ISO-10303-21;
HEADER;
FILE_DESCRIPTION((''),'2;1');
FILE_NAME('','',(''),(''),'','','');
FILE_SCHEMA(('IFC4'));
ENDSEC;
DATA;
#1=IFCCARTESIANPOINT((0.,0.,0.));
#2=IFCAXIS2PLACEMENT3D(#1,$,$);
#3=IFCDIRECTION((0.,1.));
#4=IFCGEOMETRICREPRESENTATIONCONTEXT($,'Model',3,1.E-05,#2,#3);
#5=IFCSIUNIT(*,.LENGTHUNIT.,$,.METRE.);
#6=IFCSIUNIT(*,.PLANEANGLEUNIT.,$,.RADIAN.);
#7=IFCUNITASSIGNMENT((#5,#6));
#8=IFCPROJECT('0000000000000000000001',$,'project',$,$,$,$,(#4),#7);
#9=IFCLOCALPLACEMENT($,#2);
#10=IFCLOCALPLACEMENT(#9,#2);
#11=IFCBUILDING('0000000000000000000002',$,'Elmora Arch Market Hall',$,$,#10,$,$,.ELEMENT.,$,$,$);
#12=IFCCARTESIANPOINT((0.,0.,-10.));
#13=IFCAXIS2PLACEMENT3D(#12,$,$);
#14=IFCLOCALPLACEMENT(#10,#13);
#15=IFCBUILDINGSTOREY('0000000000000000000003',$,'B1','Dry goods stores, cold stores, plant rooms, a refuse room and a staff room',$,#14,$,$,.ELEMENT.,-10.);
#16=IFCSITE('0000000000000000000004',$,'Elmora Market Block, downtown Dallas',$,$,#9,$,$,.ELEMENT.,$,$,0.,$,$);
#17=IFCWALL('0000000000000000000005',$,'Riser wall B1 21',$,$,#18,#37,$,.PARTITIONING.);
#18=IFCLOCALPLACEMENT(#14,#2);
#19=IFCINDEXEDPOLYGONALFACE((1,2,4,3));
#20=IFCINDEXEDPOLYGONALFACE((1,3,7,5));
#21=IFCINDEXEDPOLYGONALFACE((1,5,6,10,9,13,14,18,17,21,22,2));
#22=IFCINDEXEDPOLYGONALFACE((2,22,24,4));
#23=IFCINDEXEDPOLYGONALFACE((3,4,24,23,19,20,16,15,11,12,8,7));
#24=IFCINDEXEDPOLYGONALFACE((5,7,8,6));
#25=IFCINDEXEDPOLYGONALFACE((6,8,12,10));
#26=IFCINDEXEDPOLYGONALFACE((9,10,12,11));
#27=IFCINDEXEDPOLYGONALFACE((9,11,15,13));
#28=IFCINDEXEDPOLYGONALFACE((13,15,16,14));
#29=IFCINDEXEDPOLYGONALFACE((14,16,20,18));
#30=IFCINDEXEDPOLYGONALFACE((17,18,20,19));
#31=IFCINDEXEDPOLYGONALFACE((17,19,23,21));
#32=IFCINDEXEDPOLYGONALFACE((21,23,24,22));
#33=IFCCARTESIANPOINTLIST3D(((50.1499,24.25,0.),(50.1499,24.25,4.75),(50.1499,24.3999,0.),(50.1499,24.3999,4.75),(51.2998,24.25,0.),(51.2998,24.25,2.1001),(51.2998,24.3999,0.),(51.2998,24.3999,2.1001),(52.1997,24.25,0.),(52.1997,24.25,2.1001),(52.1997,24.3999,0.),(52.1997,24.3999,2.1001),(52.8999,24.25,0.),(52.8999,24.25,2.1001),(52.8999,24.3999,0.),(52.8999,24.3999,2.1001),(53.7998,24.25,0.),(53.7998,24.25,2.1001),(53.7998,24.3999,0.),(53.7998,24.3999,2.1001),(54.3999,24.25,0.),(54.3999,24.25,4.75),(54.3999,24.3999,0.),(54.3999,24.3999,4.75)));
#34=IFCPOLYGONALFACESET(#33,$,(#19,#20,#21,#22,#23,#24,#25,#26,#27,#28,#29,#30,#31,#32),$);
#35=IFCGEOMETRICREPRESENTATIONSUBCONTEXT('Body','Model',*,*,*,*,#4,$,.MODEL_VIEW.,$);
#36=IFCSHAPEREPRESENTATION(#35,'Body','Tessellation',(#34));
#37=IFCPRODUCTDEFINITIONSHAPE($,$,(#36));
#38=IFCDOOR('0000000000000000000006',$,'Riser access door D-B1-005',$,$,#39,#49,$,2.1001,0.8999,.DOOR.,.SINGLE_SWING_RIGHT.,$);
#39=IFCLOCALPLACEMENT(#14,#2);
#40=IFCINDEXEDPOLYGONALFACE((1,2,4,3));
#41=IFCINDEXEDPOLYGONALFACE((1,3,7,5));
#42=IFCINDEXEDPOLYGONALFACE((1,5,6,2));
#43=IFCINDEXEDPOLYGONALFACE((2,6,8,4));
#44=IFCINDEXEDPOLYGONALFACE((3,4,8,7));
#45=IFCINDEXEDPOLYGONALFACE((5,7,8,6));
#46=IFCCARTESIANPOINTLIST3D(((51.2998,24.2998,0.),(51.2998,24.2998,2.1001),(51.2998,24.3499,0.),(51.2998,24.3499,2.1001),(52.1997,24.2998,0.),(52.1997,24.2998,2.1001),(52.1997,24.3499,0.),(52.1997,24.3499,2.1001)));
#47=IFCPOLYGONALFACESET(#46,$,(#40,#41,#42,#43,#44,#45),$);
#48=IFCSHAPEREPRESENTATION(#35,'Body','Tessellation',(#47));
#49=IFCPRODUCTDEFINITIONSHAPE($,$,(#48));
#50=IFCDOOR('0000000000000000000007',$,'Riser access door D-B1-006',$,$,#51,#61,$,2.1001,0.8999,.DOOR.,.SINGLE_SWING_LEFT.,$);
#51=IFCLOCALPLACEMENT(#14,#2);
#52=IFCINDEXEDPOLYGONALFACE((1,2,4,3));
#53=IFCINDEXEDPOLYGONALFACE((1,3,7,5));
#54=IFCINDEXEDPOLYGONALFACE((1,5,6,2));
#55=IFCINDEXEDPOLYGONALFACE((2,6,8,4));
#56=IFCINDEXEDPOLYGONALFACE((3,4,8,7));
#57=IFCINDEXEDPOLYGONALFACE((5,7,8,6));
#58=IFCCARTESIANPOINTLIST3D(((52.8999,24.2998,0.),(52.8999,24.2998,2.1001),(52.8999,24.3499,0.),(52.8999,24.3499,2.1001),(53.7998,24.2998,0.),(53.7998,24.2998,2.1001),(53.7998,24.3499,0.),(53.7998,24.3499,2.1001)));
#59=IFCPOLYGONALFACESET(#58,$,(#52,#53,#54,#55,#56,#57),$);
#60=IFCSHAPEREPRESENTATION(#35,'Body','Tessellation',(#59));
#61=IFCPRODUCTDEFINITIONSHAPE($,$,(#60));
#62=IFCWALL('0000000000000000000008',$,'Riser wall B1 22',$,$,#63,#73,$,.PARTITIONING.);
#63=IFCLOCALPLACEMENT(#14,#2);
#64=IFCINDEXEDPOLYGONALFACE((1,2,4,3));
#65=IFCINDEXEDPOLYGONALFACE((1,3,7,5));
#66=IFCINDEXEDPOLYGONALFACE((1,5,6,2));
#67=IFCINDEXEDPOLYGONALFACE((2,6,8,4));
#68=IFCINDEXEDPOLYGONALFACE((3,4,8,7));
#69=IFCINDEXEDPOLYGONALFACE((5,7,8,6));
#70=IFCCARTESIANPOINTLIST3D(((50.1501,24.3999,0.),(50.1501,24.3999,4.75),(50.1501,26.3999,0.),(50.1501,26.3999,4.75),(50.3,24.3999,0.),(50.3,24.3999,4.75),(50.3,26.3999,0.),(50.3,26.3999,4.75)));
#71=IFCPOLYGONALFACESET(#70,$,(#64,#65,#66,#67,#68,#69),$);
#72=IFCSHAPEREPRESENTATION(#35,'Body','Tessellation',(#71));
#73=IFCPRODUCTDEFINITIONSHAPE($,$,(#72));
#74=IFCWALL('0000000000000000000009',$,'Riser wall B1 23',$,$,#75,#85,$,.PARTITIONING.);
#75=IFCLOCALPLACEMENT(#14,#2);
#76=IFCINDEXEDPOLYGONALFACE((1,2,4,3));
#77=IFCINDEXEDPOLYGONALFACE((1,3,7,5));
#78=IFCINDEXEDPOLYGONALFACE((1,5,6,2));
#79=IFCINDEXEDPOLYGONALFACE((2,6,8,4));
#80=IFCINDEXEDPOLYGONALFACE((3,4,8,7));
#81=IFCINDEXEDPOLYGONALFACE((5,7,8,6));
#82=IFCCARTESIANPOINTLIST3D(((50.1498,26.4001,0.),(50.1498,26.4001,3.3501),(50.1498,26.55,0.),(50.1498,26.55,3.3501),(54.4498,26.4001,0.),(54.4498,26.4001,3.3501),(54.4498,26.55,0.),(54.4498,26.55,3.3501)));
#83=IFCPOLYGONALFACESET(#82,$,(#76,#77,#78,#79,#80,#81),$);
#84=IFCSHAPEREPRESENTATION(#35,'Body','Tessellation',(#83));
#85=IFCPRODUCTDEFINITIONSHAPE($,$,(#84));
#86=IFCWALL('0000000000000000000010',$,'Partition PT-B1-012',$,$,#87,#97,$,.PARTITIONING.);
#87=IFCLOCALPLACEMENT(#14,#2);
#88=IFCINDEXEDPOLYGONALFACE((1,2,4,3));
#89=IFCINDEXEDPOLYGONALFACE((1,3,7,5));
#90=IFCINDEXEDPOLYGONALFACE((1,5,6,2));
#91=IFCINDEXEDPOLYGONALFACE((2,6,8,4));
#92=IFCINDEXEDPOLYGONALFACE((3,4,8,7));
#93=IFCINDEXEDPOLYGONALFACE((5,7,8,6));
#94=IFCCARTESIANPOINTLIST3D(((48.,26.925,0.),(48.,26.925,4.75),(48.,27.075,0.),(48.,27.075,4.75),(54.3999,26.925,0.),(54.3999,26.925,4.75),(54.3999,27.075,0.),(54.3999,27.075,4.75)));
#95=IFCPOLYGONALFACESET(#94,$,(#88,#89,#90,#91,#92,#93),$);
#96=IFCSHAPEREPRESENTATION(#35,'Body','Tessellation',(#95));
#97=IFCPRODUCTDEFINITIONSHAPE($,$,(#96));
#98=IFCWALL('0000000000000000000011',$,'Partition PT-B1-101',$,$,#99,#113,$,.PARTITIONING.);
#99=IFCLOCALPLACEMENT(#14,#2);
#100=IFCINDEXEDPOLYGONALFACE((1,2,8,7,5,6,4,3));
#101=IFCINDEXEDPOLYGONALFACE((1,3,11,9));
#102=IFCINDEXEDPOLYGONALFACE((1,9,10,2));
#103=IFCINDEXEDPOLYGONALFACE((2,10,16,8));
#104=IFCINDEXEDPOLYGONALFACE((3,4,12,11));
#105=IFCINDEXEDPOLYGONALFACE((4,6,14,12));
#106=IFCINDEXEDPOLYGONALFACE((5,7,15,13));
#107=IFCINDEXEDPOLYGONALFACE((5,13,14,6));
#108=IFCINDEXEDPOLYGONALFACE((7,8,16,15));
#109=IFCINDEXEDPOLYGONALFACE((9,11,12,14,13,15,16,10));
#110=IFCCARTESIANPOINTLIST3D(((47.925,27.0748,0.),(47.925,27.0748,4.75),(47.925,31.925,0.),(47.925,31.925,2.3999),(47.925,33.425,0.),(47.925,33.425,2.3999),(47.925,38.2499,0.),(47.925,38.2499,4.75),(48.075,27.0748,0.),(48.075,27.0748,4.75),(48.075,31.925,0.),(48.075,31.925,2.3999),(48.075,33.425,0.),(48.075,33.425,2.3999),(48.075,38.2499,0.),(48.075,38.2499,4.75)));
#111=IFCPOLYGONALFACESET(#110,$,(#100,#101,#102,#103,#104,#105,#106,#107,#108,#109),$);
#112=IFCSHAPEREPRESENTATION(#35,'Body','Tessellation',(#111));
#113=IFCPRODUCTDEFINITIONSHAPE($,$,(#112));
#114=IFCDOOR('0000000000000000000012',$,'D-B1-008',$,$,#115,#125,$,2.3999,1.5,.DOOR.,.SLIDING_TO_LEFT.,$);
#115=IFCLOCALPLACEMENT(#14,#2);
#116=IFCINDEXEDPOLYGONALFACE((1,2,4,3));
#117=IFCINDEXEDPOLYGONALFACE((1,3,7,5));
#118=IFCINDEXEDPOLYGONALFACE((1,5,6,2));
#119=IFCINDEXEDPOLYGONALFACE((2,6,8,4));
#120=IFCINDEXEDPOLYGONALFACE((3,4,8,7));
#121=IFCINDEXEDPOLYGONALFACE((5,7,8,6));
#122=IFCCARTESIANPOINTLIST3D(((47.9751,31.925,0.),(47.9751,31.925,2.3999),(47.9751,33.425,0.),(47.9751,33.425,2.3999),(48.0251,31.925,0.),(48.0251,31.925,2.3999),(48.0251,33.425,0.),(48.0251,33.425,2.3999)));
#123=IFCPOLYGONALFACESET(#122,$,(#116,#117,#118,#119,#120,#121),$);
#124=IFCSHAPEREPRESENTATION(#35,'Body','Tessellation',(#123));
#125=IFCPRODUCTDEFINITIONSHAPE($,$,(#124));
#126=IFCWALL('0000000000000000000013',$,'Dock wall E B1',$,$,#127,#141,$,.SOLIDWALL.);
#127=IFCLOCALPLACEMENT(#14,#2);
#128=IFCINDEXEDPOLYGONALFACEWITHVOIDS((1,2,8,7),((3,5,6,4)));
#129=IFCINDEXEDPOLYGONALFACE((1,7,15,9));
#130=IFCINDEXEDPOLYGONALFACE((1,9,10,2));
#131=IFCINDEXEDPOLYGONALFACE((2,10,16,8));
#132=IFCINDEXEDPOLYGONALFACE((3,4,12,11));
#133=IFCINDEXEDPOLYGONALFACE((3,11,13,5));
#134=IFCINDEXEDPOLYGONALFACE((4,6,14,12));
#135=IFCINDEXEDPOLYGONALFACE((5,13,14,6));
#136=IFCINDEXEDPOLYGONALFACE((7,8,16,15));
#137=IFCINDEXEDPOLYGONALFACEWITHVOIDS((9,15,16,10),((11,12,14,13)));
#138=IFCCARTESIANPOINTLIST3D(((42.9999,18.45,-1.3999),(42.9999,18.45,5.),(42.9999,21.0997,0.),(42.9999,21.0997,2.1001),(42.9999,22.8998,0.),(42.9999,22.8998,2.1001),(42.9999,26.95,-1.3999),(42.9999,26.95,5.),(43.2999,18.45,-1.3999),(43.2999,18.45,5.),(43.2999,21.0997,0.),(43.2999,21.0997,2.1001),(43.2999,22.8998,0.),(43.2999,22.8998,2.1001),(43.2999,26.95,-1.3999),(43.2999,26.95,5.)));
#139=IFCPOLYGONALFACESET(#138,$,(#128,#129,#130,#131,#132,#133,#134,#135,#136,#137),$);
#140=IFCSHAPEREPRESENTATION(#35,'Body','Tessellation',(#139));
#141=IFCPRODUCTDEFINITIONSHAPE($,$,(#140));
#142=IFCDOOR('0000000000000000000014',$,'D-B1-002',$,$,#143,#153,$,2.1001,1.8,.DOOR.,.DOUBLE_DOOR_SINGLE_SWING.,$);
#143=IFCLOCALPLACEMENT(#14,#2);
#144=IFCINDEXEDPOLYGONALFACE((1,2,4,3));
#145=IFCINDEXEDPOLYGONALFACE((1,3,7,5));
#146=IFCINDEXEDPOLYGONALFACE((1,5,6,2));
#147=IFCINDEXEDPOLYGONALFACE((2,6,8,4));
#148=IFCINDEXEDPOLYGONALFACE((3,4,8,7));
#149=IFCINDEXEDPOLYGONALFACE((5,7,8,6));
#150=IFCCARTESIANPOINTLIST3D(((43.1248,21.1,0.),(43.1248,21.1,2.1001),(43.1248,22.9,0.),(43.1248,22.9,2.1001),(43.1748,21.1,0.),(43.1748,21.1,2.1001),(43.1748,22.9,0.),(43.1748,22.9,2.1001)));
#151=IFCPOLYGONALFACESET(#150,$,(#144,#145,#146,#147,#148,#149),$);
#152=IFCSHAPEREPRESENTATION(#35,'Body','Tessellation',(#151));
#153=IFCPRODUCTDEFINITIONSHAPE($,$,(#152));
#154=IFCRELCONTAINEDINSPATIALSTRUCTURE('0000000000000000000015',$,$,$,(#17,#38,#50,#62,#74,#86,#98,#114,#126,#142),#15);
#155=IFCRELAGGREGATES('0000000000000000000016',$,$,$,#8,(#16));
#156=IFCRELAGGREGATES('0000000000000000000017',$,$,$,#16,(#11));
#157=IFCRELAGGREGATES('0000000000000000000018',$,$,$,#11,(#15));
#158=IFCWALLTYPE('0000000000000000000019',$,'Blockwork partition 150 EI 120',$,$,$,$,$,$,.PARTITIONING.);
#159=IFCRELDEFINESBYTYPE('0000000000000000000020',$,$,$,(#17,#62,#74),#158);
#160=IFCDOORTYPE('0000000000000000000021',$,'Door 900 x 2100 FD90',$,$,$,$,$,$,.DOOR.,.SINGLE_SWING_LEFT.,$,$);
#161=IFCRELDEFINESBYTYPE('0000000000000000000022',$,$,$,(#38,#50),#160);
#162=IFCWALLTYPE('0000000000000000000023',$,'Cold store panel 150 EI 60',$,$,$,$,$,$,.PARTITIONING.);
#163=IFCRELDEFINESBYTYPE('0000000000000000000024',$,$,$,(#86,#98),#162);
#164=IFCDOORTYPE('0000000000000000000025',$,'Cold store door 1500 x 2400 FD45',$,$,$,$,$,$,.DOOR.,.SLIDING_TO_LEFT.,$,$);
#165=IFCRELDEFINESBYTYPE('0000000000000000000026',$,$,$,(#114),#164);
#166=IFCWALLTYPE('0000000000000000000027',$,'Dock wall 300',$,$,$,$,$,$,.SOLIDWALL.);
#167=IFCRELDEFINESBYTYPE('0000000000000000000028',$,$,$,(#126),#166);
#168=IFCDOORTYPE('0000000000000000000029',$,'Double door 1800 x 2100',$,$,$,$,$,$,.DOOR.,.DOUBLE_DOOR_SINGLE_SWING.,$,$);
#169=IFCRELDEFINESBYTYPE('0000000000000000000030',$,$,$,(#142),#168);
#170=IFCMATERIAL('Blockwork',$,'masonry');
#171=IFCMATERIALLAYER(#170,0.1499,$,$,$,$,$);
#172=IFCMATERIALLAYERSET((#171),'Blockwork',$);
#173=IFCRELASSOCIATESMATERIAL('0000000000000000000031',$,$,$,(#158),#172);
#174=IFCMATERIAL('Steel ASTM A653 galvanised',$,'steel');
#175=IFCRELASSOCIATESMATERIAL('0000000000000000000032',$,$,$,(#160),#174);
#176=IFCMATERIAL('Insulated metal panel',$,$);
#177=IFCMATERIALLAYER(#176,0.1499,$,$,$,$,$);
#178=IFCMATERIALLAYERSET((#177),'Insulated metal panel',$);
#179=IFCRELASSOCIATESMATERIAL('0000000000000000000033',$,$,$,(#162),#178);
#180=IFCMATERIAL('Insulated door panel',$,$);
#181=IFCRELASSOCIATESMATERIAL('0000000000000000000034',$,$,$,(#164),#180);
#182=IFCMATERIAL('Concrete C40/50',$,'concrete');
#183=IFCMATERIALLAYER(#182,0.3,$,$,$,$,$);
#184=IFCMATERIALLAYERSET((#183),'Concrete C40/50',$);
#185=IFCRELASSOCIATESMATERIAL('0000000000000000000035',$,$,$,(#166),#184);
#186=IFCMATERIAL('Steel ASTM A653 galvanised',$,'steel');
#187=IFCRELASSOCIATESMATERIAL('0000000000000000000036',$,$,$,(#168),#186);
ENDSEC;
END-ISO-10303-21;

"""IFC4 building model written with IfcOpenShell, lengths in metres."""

from ifc_helpers import new_model, si_unit, direction, frame, frame_2d, origin, place, context, subcontext, project, spatial, rectangle, extrude, material, layer, layer_set, type_object, element, fill, save


model = new_model("IFC4")

# Units and contexts
model_context = context("Model", 3, precision=1e-05, world=origin(), true_north=direction((0.0, 1.0)))
body_context = subcontext(model_context, "Body", "Model", "MODEL_VIEW")
ifc_project = project(units=[si_unit("LENGTHUNIT", "METRE"), si_unit("PLANEANGLEUNIT", "RADIAN")], contexts=[model_context])

# Site, building, storey
site_placement = place(None, origin())
site = spatial("IfcSite", under=ifc_project, at=site_placement, Name="Elmora Market Block, downtown Dallas", CompositionType="ELEMENT", RefElevation=0.0)
building_placement = place(site_placement, origin())
building = spatial("IfcBuilding", under=site, at=building_placement, Name="Elmora Arch Market Hall", CompositionType="ELEMENT")
storey_placement = place(building_placement, frame((0.0, 0.0, -10.0)))
storey = spatial("IfcBuildingStorey", under=building, at=storey_placement, Name="B1", Description="Dry goods stores, cold stores, plant rooms, a refuse room and a staff room", CompositionType="ELEMENT", Elevation=-10.0)

# Wall, openings, doors
ifc_material_1 = material(Name="Blockwork", Category="masonry")
ifc_layer_1 = layer(ifc_material_1, 0.1499)
ifc_layer_set_1 = layer_set([ifc_layer_1], Name="Blockwork")
wall_type_1 = type_object("IfcWallType", Name="Blockwork partition 150 EI 120", PredefinedType="PARTITIONING", material=ifc_layer_set_1)
wall_1_placement = place(storey_placement, frame((50.1499, 24.325, 0.0), z_axis=(0.0, 0.0, 1.0), x_axis=(1.0, 0.0, 0.0)))
wall_1 = element("IfcWall", 1, at=wall_1_placement, inside=storey, type_object=wall_type_1, Name="Riser wall B1 21", PredefinedType="PARTITIONING", context=body_context, shape_type="SweptSolid", body=[
    extrude(rectangle(XDim=4.25, YDim=0.1499, at=frame_2d((2.125, 0.0))), origin(), (0.0, 0.0, 1.0), 4.75),
])
opening_1_placement = place(wall_1_placement, frame((1.1499, 0.0, 0.0)))
opening_1 = element("IfcOpeningElement", 2, at=opening_1_placement, cuts=wall_1, PredefinedType="OPENING", context=body_context, shape_type="SweptSolid", body=[
    extrude(rectangle(XDim=0.8999, YDim=2.1001, at=frame_2d((0.45, 1.05))), frame((0.0, 0.085, 0.0), z_axis=(0.0, -1.0, 0.0), x_axis=(1.0, 0.0, 0.0)), (0.0, 0.0, 1.0), 0.1699),
])
opening_2_placement = place(wall_1_placement, frame((2.75, 0.0, 0.0)))
opening_2 = element("IfcOpeningElement", 3, at=opening_2_placement, cuts=wall_1, PredefinedType="OPENING", context=body_context, shape_type="SweptSolid", body=[
    extrude(rectangle(XDim=0.8999, YDim=2.1001, at=frame_2d((0.45, 1.05))), frame((0.0, 0.085, 0.0), z_axis=(0.0, -1.0, 0.0), x_axis=(1.0, 0.0, 0.0)), (0.0, 0.0, 1.0), 0.1699),
])
ifc_material_2 = material(Name="Steel ASTM A653 galvanised", Category="steel")
door_type_1 = type_object("IfcDoorType", Name="Door 900 x 2100 FD90", OperationType="SINGLE_SWING_LEFT", PredefinedType="DOOR", material=ifc_material_2)
door_1_placement = place(opening_1_placement, origin())
door_1 = element("IfcDoor", 4, at=door_1_placement, inside=storey, type_object=door_type_1, Name="Riser access door D-B1-005", OperationType="SINGLE_SWING_RIGHT", OverallHeight=2.1001, OverallWidth=0.8999, PredefinedType="DOOR", context=body_context, shape_type="SweptSolid", body=[
    extrude(rectangle(XDim=0.8999, YDim=2.1001, at=frame_2d((0.45, 1.05))), frame((0.0, 0.0249, 0.0), z_axis=(0.0, -1.0, 0.0), x_axis=(1.0, 0.0, 0.0)), (0.0, 0.0, 1.0), 0.05),
])
fill(opening_1, door_1)
door_2_placement = place(opening_2_placement, origin())
door_2 = element("IfcDoor", 5, at=door_2_placement, inside=storey, type_object=door_type_1, Name="Riser access door D-B1-006", OperationType="SINGLE_SWING_LEFT", OverallHeight=2.1001, OverallWidth=0.8999, PredefinedType="DOOR", context=body_context, shape_type="SweptSolid", body=[
    extrude(rectangle(XDim=0.8999, YDim=2.1001, at=frame_2d((0.45, 1.05))), frame((0.0, 0.0249, 0.0), z_axis=(0.0, -1.0, 0.0), x_axis=(1.0, 0.0, 0.0)), (0.0, 0.0, 1.0), 0.05),
])
fill(opening_2, door_2)

# Walls
wall_2_placement = place(storey_placement, frame((50.2251, 24.3999, 0.0), z_axis=(0.0, 0.0, 1.0), x_axis=(0.0, 1.0, 0.0)))
element("IfcWall", 6, at=wall_2_placement, inside=storey, type_object=wall_type_1, Name="Riser wall B1 22", PredefinedType="PARTITIONING", context=body_context, shape_type="SweptSolid", body=[
    extrude(rectangle(XDim=2.0, YDim=0.1499, at=frame_2d((1.0, 0.0))), origin(), (0.0, 0.0, 1.0), 4.75),
])
wall_3_placement = place(storey_placement, frame((50.1499, 26.4751, 0.0), z_axis=(0.0, 0.0, 1.0), x_axis=(1.0, 0.0, 0.0)))
element("IfcWall", 7, at=wall_3_placement, inside=storey, type_object=wall_type_1, Name="Riser wall B1 23", PredefinedType="PARTITIONING", context=body_context, shape_type="SweptSolid", body=[
    extrude(rectangle(XDim=4.3, YDim=0.1499, at=frame_2d((2.1499, 0.0))), origin(), (0.0, 0.0, 1.0), 3.3501),
])
ifc_material_3 = material(Name="Insulated metal panel")
ifc_layer_2 = layer(ifc_material_3, 0.1499)
ifc_layer_set_2 = layer_set([ifc_layer_2], Name="Insulated metal panel")
wall_type_2 = type_object("IfcWallType", Name="Cold store panel 150 EI 60", PredefinedType="PARTITIONING", material=ifc_layer_set_2)
wall_4_placement = place(storey_placement, frame((48.0, 27.0, 0.0), z_axis=(0.0, 0.0, 1.0), x_axis=(1.0, 0.0, 0.0)))
element("IfcWall", 8, at=wall_4_placement, inside=storey, type_object=wall_type_2, Name="Partition PT-B1-012", PredefinedType="PARTITIONING", context=body_context, shape_type="SweptSolid", body=[
    extrude(rectangle(XDim=6.3999, YDim=0.1499, at=frame_2d((3.2, 0.0))), origin(), (0.0, 0.0, 1.0), 4.75),
])

# Walls, openings, doors
wall_5_placement = place(storey_placement, frame((48.0, 27.075, 0.0), z_axis=(0.0, 0.0, 1.0), x_axis=(0.0, 1.0, 0.0)))
wall_5 = element("IfcWall", 9, at=wall_5_placement, inside=storey, type_object=wall_type_2, Name="Partition PT-B1-101", PredefinedType="PARTITIONING", context=body_context, shape_type="SweptSolid", body=[
    extrude(rectangle(XDim=11.175, YDim=0.1499, at=frame_2d((5.5874, 0.0))), origin(), (0.0, 0.0, 1.0), 4.75),
])
opening_3_placement = place(wall_5_placement, frame((4.8501, 0.0, 0.0)))
opening_3 = element("IfcOpeningElement", 10, at=opening_3_placement, cuts=wall_5, PredefinedType="OPENING", context=body_context, shape_type="SweptSolid", body=[
    extrude(rectangle(XDim=1.5, YDim=2.3999, at=frame_2d((0.75, 1.2))), frame((0.0, 0.085, 0.0), z_axis=(0.0, -1.0, 0.0), x_axis=(1.0, 0.0, 0.0)), (0.0, 0.0, 1.0), 0.1699),
])
ifc_material_4 = material(Name="Insulated door panel")
door_type_2 = type_object("IfcDoorType", Name="Cold store door 1500 x 2400 FD45", OperationType="SLIDING_TO_LEFT", PredefinedType="DOOR", material=ifc_material_4)
door_3_placement = place(opening_3_placement, origin())
door_3 = element("IfcDoor", 11, at=door_3_placement, inside=storey, type_object=door_type_2, Name="D-B1-008", OperationType="SLIDING_TO_LEFT", OverallHeight=2.3999, OverallWidth=1.5, PredefinedType="DOOR", context=body_context, shape_type="SweptSolid", body=[
    extrude(rectangle(XDim=1.5, YDim=2.3999, at=frame_2d((0.75, 1.2))), frame((0.0, 0.0249, 0.0), z_axis=(0.0, -1.0, 0.0), x_axis=(1.0, 0.0, 0.0)), (0.0, 0.0, 1.0), 0.05),
])
fill(opening_3, door_3)
ifc_material_5 = material(Name="Concrete C40/50", Category="concrete")
ifc_layer_3 = layer(ifc_material_5, 0.3)
ifc_layer_set_3 = layer_set([ifc_layer_3], Name="Concrete C40/50")
wall_type_3 = type_object("IfcWallType", Name="Dock wall 300", PredefinedType="SOLIDWALL", material=ifc_layer_set_3)
wall_6_placement = place(storey_placement, frame((43.1499, 18.45, -1.3999), z_axis=(0.0, 0.0, 1.0), x_axis=(0.0, 1.0, 0.0)))
wall_6 = element("IfcWall", 12, at=wall_6_placement, inside=storey, type_object=wall_type_3, Name="Dock wall E B1", PredefinedType="SOLIDWALL", context=body_context, shape_type="SweptSolid", body=[
    extrude(rectangle(XDim=8.5, YDim=0.3, at=frame_2d((4.25, 0.0))), origin(), (0.0, 0.0, 1.0), 6.3999),
])
opening_4_placement = place(wall_6_placement, frame((2.6499, 0.0, 1.3999)))
opening_4 = element("IfcOpeningElement", 13, at=opening_4_placement, cuts=wall_6, PredefinedType="OPENING", context=body_context, shape_type="SweptSolid", body=[
    extrude(rectangle(XDim=1.8, YDim=2.1001, at=frame_2d((0.8999, 1.05))), frame((0.0, 0.1599, 0.0), z_axis=(0.0, -1.0, 0.0), x_axis=(1.0, 0.0, 0.0)), (0.0, 0.0, 1.0), 0.3201),
])
ifc_material_6 = material(Name="Steel ASTM A653 galvanised", Category="steel")
door_type_3 = type_object("IfcDoorType", Name="Double door 1800 x 2100", OperationType="DOUBLE_DOOR_SINGLE_SWING", PredefinedType="DOOR", material=ifc_material_6)
door_4_placement = place(opening_4_placement, frame((1.8, 0.0, 0.0), z_axis=(0.0, 0.0, 1.0), x_axis=(-1.0, 0.0, 0.0)))
door_4 = element("IfcDoor", 14, at=door_4_placement, inside=storey, type_object=door_type_3, Name="D-B1-002", OperationType="DOUBLE_DOOR_SINGLE_SWING", OverallHeight=2.1001, OverallWidth=1.8, PredefinedType="DOOR", context=body_context, shape_type="SweptSolid", body=[
    extrude(rectangle(XDim=1.8, YDim=2.1001, at=frame_2d((0.8999, 1.05))), frame((0.0, 0.0249, 0.0), z_axis=(0.0, -1.0, 0.0), x_axis=(1.0, 0.0, 0.0)), (0.0, 0.0, 1.0), 0.05),
])
fill(opening_4, door_4)

save(model, "model.ifc")
